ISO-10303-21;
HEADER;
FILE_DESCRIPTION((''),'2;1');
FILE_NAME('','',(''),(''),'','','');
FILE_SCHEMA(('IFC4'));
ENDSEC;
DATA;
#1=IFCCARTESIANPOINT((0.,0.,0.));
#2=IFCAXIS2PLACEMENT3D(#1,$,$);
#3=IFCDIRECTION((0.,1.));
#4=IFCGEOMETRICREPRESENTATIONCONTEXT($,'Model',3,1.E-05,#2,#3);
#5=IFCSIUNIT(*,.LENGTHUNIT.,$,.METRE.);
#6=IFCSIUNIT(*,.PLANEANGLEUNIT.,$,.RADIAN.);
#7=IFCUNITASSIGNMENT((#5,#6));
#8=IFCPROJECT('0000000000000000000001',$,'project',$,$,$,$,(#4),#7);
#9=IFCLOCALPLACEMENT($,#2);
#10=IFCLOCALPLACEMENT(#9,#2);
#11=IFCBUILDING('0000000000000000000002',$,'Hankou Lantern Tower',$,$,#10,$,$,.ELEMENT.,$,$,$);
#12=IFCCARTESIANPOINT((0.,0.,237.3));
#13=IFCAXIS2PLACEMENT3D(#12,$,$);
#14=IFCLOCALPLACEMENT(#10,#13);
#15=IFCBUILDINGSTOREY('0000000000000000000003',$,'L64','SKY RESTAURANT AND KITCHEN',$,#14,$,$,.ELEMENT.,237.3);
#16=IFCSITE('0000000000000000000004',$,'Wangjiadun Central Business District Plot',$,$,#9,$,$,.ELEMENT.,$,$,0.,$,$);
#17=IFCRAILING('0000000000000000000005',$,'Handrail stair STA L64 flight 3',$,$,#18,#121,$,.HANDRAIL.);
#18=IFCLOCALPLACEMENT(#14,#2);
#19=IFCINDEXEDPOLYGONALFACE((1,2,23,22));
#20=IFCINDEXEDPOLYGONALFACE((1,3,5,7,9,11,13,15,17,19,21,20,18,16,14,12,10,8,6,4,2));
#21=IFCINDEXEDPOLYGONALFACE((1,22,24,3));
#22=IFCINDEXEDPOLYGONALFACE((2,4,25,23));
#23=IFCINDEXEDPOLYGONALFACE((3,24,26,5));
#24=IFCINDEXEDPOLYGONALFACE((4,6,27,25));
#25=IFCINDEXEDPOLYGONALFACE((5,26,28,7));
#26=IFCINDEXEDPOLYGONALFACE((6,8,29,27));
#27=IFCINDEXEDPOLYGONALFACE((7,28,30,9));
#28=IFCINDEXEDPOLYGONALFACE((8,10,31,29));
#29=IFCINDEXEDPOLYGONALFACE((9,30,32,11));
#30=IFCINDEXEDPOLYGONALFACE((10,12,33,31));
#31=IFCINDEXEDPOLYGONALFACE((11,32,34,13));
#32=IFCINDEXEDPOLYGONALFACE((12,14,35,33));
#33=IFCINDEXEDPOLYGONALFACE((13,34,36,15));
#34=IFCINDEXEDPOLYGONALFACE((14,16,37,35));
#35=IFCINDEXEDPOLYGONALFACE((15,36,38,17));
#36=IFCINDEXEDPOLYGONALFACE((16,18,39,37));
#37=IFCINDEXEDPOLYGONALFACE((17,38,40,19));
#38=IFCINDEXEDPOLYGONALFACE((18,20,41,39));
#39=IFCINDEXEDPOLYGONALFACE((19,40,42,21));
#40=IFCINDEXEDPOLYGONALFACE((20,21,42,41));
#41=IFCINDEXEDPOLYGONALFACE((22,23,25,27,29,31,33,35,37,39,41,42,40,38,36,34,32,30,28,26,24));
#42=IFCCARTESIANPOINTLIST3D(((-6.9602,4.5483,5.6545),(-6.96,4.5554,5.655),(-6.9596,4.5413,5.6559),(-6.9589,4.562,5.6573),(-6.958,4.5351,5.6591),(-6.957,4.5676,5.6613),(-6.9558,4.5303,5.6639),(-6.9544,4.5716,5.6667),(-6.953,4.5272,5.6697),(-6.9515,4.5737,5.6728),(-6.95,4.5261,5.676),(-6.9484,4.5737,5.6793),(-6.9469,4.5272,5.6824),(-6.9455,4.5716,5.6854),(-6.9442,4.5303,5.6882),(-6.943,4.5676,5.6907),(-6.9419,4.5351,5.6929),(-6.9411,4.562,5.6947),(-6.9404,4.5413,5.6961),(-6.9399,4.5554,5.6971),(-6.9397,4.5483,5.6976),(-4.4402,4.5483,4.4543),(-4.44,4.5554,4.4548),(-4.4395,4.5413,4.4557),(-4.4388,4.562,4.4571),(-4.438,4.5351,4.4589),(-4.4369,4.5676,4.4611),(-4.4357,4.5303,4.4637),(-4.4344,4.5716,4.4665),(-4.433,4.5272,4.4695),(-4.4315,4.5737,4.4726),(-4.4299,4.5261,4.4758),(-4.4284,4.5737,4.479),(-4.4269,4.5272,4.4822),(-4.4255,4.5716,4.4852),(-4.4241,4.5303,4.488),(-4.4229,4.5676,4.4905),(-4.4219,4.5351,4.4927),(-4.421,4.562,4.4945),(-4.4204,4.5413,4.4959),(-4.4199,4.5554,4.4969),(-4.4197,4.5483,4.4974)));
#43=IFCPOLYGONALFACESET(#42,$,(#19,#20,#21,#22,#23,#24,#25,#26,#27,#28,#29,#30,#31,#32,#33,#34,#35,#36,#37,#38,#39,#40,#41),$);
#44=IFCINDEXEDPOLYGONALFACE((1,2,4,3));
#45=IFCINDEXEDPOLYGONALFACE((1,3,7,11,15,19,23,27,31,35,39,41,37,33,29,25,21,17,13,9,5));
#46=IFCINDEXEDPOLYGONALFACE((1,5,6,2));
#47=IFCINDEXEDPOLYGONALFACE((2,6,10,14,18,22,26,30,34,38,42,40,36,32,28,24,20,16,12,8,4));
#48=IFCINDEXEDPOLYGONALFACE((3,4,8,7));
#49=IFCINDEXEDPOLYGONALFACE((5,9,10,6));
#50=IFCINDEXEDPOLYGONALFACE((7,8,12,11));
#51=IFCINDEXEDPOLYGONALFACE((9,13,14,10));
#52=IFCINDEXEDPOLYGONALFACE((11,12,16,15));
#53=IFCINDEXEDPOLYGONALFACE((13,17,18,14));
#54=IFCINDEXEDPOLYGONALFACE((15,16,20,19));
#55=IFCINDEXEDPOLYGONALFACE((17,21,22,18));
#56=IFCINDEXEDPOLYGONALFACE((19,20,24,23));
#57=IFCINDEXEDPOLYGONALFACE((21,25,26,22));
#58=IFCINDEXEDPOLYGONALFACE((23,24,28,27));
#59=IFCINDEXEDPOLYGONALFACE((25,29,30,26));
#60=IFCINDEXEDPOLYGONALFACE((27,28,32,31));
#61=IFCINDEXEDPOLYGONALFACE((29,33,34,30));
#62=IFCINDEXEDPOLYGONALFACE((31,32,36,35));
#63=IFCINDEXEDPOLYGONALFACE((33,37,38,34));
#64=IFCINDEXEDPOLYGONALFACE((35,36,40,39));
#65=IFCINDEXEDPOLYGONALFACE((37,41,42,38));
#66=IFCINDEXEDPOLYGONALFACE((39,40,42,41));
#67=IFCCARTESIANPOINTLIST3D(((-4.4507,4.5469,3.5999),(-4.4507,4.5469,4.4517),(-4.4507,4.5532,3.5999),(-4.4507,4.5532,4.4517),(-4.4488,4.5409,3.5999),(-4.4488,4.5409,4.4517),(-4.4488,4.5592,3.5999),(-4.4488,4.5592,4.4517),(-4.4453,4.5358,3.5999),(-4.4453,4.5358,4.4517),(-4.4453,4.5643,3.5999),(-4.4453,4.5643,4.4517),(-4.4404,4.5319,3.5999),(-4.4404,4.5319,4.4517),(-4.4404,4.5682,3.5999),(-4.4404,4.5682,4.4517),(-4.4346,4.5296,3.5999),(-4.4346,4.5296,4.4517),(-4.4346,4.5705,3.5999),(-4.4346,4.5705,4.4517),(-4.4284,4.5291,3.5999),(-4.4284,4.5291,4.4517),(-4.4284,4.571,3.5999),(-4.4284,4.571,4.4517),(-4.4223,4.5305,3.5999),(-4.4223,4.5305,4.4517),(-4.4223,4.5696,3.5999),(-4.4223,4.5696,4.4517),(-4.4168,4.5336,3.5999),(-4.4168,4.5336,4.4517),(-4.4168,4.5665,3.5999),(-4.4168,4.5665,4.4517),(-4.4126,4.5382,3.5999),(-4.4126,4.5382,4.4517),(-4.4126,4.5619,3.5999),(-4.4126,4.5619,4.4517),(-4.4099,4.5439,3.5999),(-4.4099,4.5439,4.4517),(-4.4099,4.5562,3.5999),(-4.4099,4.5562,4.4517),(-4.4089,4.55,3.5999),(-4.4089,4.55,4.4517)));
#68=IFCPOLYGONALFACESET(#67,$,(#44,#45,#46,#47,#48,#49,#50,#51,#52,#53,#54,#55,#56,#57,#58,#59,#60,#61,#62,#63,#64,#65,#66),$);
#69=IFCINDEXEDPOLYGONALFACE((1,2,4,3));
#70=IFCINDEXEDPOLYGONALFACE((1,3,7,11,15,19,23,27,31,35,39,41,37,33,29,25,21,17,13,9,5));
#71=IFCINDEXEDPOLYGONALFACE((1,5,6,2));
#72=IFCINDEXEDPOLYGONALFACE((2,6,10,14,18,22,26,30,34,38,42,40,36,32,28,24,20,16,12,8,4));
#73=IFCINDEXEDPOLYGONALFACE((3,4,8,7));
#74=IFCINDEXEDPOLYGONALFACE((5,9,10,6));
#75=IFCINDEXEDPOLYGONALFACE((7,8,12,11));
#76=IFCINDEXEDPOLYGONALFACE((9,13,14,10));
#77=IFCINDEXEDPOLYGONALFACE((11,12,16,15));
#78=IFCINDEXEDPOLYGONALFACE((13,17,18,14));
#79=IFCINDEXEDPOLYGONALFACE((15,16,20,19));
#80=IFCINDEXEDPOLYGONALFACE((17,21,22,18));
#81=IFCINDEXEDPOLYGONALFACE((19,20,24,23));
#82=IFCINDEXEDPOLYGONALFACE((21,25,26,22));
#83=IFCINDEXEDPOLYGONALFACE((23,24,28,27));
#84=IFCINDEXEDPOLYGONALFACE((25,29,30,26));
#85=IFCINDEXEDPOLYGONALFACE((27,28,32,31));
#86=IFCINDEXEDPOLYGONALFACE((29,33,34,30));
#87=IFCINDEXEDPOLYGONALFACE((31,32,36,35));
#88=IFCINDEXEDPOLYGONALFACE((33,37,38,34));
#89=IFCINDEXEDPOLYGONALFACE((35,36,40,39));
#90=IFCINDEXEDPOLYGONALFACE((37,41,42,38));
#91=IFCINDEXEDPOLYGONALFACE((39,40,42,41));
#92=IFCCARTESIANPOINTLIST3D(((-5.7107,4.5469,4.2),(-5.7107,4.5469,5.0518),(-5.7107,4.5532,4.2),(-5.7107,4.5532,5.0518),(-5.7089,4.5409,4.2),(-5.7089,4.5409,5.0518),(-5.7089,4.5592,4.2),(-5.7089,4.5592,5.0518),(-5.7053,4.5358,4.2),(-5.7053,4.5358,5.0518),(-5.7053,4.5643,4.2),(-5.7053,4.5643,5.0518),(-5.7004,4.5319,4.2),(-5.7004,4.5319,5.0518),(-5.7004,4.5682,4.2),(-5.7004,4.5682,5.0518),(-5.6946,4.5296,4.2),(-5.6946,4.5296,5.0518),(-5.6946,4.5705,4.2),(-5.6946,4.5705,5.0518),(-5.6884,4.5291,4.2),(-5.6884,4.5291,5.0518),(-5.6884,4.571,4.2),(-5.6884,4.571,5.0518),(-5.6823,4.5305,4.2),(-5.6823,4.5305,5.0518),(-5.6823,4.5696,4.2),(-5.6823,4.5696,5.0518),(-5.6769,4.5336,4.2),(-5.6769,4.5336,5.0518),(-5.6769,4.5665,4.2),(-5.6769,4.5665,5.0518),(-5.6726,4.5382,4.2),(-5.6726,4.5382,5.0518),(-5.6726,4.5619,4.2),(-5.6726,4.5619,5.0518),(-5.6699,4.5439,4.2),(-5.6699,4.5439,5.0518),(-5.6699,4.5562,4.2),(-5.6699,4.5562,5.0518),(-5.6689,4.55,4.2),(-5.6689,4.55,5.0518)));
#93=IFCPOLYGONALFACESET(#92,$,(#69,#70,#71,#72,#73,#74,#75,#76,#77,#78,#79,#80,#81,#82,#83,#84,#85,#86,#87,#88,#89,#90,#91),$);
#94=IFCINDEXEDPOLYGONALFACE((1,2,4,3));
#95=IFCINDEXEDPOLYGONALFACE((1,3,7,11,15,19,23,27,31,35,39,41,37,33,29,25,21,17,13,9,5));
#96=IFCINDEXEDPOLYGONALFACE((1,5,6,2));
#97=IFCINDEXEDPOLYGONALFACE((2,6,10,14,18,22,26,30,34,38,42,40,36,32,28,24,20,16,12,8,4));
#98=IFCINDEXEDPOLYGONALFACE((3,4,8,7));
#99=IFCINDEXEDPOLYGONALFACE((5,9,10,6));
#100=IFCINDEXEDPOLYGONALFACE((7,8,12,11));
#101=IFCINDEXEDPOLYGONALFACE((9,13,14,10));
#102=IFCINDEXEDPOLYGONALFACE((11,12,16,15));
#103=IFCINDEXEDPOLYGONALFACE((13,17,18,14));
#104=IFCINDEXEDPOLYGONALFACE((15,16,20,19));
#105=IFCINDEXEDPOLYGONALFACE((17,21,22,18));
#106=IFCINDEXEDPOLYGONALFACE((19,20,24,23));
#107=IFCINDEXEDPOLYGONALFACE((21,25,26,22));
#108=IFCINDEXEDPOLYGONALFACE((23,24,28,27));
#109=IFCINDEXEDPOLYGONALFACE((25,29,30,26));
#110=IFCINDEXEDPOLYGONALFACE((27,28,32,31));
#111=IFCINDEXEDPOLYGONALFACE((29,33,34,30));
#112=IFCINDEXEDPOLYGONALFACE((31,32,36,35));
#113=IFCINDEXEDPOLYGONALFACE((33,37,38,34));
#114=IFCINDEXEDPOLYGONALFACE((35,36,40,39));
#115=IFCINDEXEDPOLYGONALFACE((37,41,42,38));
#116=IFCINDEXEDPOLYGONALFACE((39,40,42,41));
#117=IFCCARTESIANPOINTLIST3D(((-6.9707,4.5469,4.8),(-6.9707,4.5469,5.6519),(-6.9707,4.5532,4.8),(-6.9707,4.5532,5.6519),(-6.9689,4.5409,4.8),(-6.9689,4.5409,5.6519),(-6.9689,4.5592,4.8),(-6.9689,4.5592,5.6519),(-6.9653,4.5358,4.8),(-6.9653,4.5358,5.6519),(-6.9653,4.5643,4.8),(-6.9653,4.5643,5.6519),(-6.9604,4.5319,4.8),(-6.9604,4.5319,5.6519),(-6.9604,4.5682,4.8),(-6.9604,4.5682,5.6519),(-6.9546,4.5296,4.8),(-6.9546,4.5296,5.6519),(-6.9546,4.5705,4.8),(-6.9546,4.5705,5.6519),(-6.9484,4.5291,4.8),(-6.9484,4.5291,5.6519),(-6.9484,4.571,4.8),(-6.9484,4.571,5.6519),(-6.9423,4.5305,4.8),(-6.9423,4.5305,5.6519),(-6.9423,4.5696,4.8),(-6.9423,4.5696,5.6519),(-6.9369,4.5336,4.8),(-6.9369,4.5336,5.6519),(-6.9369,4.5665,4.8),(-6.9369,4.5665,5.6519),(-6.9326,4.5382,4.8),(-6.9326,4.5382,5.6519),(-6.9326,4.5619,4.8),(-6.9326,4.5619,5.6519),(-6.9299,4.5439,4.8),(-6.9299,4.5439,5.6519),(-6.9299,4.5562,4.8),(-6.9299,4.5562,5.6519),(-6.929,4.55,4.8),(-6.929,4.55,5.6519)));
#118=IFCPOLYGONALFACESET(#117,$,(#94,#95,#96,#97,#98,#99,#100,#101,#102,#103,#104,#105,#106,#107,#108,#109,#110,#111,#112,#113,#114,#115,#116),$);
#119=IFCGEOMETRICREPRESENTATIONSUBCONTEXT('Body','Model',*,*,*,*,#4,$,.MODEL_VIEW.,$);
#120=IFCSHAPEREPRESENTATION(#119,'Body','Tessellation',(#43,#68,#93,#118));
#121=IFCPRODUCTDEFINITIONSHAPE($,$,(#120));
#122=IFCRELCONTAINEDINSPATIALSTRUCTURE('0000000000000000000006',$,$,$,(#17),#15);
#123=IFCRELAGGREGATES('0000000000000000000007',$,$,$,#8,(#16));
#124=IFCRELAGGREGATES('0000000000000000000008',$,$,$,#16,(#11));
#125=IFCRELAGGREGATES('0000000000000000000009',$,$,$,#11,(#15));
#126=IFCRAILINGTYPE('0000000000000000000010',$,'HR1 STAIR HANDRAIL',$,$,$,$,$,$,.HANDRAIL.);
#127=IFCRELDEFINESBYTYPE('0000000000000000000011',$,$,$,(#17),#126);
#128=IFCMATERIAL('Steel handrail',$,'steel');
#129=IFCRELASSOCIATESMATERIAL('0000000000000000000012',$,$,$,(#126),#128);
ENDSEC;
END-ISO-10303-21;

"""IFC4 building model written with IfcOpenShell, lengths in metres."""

from ifc_helpers import new_model, si_unit, direction, frame, origin, origin_2d, place, context, subcontext, project, spatial, circle, extrude, material, type_object, element, save


model = new_model("IFC4")

# Units and contexts
model_context = context("Model", 3, precision=1e-05, world=origin(), true_north=direction((0.0, 1.0)))
body_context = subcontext(model_context, "Body", "Model", "MODEL_VIEW")
ifc_project = project(units=[si_unit("LENGTHUNIT", "METRE"), si_unit("PLANEANGLEUNIT", "RADIAN")], contexts=[model_context])

# Site, building, storey
site_placement = place(None, origin())
site = spatial("IfcSite", under=ifc_project, at=site_placement, Name="Wangjiadun Central Business District Plot", CompositionType="ELEMENT", RefElevation=0.0)
building_placement = place(site_placement, origin())
building = spatial("IfcBuilding", under=site, at=building_placement, Name="Hankou Lantern Tower", CompositionType="ELEMENT")
storey_placement = place(building_placement, frame((0.0, 0.0, 237.3)))
storey = spatial("IfcBuildingStorey", under=building, at=storey_placement, Name="L64", Description="SKY RESTAURANT AND KITCHEN", CompositionType="ELEMENT", Elevation=237.3)

# Railing
ifc_material_1 = material(Name="Steel handrail", Category="steel")
railing_type = type_object("IfcRailingType", Name="HR1 STAIR HANDRAIL", PredefinedType="HANDRAIL", material=ifc_material_1)
railing_1_placement = place(storey_placement, frame((-4.4299, 4.55, 3.5999)))
element("IfcRailing", 1, at=railing_1_placement, inside=storey, type_object=railing_type, Name="Handrail stair STA L64 flight 3", PredefinedType="HANDRAIL", context=body_context, shape_type="SweptSolid", body=[
    extrude(circle(Radius=0.0239, at=origin_2d()), frame((0.0, 0.0, 0.876), z_axis=(-0.902835, 0.0, 0.429988), x_axis=(0.0, -1.0, 0.0)), (0.0, 0.0, 1.0), 2.7913),
    extrude(circle(Radius=0.021, at=origin_2d()), origin(), (0.0, 0.0, 1.0), 0.8518),
    extrude(circle(Radius=0.021, at=origin_2d()), frame((-1.26, 0.0, 0.6001)), (0.0, 0.0, 1.0), 0.8518),
    extrude(circle(Radius=0.021, at=origin_2d()), frame((-2.52, 0.0, 1.2002)), (0.0, 0.0, 1.0), 0.8518),
])

save(model, "model.ifc")
